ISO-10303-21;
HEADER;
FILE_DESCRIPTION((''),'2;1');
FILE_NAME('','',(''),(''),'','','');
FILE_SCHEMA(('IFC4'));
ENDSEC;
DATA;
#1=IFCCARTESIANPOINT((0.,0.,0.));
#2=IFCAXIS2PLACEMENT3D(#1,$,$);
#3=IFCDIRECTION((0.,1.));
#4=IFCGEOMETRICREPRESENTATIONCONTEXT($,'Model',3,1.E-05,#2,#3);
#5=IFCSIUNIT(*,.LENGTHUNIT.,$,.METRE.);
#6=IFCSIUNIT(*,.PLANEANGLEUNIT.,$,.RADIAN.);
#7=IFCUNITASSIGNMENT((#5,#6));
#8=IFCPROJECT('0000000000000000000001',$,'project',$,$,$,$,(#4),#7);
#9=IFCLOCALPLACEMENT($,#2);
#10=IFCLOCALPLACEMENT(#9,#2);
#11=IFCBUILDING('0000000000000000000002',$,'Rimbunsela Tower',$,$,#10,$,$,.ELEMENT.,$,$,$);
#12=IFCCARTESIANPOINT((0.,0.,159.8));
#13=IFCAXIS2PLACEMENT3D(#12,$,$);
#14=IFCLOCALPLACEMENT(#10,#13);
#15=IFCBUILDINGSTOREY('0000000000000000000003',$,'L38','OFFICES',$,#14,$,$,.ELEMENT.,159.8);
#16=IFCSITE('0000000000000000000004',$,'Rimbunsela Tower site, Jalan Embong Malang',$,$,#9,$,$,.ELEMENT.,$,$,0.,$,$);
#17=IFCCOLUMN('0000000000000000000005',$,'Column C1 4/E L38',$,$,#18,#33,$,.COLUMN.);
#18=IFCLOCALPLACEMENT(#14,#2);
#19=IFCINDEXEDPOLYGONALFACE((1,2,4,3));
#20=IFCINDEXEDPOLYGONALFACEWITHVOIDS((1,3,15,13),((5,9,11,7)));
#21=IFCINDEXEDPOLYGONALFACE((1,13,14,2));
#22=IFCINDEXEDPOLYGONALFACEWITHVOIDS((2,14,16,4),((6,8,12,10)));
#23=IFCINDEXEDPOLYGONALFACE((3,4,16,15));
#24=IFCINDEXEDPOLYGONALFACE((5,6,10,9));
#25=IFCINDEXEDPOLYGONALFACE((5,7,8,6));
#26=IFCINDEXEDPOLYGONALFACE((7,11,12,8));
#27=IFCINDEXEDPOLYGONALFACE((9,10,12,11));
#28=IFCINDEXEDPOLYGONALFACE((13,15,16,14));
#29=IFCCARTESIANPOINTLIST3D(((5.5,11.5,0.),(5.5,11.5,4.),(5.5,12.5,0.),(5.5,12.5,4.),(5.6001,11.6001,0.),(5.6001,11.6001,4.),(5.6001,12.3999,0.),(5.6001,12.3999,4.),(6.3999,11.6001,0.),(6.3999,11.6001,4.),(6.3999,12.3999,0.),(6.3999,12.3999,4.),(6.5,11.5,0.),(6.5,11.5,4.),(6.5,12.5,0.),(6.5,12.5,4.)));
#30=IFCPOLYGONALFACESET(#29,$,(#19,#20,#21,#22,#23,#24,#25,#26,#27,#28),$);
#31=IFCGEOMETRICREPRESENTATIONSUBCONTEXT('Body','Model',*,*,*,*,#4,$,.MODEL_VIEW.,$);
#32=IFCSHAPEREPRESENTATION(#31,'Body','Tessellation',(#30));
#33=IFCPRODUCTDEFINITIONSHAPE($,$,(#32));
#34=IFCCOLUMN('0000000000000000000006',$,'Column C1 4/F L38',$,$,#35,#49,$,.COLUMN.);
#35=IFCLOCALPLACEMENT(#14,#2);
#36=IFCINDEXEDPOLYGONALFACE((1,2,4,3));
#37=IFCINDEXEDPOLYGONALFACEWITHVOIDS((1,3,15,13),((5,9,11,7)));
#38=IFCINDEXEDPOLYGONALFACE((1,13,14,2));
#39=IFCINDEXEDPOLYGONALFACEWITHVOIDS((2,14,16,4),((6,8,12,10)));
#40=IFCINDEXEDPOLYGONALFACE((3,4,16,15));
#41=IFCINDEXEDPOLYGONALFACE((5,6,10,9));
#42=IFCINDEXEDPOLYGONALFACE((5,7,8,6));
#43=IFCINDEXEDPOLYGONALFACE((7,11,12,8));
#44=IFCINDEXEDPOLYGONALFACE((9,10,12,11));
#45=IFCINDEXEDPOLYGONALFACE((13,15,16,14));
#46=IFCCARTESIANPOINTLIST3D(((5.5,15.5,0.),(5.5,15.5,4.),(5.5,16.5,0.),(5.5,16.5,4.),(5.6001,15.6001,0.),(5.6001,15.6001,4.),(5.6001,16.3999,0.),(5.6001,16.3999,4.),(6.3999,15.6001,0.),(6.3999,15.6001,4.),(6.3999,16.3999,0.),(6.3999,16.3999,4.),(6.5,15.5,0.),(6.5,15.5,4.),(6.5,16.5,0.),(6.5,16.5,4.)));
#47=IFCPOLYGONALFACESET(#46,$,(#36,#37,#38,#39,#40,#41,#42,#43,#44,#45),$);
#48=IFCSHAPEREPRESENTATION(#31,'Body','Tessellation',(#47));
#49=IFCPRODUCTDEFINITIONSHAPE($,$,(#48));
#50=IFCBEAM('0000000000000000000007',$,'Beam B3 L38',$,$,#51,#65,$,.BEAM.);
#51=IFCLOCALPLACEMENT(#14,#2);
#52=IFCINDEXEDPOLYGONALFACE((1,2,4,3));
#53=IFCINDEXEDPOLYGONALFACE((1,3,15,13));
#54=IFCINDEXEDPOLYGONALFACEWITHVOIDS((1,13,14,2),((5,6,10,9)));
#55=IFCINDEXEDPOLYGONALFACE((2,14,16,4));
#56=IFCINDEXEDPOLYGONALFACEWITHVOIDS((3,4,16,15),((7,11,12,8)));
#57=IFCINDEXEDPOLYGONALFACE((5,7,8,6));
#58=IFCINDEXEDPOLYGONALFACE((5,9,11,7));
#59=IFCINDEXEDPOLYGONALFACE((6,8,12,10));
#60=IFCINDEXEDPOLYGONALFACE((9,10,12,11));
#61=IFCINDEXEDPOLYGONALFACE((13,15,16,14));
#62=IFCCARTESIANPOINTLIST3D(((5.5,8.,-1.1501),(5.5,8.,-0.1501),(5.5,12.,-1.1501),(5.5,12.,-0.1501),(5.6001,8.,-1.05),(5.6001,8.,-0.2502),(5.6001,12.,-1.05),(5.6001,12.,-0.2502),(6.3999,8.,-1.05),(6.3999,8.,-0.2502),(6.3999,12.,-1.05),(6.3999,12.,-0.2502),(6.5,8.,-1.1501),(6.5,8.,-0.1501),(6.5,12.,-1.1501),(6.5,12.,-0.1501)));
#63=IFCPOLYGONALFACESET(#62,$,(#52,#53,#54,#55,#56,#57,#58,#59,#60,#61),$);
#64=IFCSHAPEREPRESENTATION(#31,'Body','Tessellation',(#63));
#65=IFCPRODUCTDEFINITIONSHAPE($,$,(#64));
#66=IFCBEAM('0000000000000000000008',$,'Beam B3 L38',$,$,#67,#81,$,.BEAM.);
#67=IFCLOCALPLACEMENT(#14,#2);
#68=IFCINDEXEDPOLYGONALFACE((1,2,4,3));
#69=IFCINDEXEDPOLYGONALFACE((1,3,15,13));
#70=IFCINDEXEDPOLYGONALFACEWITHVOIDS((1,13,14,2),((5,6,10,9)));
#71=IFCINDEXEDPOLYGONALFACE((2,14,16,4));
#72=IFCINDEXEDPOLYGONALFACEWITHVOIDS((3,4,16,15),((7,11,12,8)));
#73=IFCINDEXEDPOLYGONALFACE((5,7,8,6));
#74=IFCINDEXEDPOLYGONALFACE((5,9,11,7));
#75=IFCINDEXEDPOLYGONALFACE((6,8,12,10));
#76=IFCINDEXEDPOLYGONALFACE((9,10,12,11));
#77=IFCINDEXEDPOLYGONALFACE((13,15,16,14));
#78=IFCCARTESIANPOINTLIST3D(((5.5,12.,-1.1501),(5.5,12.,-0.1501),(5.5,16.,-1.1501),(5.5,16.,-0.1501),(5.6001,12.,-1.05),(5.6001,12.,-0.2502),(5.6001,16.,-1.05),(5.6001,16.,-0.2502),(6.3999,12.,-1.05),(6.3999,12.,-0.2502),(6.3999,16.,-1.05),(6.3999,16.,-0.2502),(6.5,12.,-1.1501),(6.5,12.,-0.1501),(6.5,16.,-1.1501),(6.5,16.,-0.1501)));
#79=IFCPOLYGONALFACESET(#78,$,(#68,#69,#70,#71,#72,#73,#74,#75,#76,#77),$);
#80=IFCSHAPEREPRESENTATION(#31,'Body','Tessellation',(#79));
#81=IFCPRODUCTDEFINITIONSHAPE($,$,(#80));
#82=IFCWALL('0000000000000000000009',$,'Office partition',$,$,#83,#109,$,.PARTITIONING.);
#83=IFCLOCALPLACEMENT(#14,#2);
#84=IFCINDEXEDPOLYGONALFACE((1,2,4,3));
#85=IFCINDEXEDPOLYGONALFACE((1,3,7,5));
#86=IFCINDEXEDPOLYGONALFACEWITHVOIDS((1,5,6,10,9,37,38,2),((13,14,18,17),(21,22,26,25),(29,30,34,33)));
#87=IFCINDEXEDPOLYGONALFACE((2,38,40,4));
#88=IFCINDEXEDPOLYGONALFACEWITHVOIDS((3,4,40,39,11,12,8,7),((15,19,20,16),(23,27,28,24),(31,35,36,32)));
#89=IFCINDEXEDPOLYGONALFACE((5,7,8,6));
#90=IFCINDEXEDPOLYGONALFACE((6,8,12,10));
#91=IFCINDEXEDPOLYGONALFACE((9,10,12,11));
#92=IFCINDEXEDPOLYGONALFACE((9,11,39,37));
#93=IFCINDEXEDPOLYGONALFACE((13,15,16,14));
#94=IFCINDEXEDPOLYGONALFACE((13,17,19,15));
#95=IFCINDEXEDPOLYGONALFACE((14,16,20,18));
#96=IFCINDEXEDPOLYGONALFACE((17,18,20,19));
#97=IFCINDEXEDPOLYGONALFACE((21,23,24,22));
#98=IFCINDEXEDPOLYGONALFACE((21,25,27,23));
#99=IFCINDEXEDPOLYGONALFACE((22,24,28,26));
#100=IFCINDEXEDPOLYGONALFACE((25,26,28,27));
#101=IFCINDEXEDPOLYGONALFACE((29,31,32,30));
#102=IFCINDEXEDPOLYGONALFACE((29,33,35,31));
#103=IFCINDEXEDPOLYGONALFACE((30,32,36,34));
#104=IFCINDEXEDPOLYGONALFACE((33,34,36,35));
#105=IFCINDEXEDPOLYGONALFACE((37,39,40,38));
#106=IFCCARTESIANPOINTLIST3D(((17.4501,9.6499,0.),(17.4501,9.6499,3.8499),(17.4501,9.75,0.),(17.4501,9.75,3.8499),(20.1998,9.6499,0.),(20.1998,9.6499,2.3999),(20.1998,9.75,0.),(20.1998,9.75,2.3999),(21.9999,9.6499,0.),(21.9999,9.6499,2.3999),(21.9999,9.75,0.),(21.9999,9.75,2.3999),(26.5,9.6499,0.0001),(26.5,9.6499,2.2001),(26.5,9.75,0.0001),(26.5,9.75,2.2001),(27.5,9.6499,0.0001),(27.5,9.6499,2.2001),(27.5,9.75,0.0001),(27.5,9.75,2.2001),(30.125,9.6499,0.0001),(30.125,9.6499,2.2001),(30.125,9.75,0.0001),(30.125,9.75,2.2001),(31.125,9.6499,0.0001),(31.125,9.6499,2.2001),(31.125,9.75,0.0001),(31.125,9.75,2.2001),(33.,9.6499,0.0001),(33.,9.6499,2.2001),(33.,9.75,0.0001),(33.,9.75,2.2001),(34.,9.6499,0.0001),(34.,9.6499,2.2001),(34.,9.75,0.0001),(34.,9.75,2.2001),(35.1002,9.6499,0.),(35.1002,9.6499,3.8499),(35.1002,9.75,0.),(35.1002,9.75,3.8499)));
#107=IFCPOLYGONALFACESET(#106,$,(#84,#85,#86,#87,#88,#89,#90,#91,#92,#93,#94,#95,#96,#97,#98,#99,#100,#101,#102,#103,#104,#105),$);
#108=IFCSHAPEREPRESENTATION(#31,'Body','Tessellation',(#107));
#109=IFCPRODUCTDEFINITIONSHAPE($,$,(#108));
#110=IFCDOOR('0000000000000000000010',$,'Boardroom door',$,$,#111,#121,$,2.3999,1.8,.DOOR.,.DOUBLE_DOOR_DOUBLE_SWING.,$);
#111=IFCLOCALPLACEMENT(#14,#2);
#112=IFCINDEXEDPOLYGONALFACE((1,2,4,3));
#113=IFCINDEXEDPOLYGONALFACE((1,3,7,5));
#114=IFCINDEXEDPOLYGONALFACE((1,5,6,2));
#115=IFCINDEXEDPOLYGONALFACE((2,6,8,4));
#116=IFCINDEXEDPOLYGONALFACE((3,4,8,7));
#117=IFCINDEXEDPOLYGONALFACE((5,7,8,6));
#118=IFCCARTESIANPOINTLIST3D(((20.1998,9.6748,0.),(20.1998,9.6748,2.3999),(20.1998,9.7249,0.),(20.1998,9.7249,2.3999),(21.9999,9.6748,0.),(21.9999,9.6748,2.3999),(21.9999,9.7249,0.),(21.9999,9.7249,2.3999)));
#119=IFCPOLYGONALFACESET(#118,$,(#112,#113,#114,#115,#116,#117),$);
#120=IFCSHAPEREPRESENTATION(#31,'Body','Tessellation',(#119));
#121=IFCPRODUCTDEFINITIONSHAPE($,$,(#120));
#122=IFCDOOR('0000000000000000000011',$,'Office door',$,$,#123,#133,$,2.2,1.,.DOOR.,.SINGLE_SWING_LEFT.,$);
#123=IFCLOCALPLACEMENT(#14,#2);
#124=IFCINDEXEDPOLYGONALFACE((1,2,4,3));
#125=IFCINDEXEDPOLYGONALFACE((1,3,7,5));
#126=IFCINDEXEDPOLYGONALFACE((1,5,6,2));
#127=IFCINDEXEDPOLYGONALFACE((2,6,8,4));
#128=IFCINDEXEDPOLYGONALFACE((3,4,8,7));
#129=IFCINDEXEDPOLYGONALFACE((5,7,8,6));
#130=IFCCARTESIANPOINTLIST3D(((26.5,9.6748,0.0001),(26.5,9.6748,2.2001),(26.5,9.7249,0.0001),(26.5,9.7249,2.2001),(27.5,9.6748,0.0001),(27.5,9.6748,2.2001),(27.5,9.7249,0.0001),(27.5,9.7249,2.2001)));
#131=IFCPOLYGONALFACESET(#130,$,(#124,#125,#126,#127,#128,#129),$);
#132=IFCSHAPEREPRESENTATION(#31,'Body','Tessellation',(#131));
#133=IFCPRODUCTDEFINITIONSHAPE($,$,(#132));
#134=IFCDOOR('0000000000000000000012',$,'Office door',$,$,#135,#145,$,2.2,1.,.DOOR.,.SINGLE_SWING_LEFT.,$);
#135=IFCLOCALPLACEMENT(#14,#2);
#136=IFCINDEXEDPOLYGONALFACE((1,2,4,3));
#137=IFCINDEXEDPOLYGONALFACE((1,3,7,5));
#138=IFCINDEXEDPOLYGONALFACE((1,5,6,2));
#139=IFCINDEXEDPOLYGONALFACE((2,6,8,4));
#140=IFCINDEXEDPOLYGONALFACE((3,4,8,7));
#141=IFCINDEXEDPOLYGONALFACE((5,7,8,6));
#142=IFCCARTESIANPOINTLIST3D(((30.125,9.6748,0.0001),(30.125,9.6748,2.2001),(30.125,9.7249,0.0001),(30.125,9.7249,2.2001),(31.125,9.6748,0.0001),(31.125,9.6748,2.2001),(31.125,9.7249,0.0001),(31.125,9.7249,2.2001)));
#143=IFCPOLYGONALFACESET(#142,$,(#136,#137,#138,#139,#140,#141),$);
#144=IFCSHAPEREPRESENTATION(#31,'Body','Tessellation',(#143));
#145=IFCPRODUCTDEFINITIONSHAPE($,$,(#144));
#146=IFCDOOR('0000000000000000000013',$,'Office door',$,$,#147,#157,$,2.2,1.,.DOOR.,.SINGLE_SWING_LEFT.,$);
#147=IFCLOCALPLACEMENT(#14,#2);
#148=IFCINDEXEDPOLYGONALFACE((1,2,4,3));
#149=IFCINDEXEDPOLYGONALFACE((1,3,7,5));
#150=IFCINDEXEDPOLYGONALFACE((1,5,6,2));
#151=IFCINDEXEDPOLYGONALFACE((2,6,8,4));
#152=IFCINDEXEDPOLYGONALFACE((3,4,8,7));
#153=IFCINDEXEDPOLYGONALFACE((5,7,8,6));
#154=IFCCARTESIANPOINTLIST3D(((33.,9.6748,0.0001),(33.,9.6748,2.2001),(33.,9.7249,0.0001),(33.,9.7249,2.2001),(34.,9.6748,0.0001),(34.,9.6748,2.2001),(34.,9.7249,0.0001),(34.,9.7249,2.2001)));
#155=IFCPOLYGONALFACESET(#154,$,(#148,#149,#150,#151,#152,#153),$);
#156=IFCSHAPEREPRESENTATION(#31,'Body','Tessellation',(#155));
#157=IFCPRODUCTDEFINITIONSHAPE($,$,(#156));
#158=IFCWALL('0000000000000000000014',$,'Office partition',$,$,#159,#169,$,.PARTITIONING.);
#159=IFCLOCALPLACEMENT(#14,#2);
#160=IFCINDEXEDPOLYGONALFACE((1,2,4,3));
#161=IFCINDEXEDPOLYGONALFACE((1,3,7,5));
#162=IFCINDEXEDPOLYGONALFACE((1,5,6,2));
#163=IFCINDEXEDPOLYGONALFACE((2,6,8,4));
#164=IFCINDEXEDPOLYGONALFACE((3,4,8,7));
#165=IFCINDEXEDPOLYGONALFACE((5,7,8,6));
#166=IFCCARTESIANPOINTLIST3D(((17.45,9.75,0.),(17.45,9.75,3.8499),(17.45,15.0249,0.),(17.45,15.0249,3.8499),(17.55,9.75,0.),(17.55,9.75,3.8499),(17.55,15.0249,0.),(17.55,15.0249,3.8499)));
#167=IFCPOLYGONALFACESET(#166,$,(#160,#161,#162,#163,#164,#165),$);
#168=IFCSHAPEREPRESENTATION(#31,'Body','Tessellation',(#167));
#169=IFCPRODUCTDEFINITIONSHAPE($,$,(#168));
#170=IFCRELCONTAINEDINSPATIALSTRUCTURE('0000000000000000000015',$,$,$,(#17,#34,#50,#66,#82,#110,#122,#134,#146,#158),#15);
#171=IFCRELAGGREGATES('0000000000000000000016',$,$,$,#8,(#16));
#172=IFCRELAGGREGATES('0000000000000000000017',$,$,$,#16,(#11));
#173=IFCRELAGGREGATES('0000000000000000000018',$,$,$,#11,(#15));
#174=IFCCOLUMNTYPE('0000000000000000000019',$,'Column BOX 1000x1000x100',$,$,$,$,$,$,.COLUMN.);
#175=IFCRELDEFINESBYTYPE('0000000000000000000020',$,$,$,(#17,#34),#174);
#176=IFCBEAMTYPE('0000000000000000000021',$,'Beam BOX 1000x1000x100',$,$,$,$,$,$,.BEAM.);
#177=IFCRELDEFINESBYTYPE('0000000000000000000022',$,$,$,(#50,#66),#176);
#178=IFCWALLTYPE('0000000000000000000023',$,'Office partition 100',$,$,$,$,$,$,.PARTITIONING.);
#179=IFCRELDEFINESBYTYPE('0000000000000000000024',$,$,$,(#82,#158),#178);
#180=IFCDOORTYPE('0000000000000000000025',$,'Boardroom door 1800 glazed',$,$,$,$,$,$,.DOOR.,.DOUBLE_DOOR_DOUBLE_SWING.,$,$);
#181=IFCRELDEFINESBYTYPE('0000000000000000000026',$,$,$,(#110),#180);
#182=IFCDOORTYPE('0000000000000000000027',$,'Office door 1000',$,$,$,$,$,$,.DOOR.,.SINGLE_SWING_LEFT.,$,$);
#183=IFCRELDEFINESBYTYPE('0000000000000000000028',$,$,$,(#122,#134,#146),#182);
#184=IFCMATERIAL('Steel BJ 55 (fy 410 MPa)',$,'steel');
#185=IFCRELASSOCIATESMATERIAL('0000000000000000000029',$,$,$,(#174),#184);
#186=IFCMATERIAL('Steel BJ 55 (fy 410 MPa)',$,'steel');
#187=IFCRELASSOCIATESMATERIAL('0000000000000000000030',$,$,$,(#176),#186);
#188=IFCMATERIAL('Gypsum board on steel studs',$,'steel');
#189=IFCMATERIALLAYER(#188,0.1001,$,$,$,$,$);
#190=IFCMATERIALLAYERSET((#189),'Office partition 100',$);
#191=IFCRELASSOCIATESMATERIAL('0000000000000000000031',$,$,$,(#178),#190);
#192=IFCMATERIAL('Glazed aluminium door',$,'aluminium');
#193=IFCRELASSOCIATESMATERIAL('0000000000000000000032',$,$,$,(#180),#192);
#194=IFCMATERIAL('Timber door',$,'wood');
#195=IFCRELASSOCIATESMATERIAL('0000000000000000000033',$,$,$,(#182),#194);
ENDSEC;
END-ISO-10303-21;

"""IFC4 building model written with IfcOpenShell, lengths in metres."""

from ifc_helpers import new_model, si_unit, direction, frame, frame_2d, origin, origin_2d, place, context, subcontext, project, spatial, rectangle, hollow_rectangle, extrude, material, layer, layer_set, material_profile, profile_set, type_object, element, fill, save


model = new_model("IFC4")

# Units and contexts
model_context = context("Model", 3, precision=1e-05, world=origin(), true_north=direction((0.0, 1.0)))
body_context = subcontext(model_context, "Body", "Model", "MODEL_VIEW")
ifc_project = project(units=[si_unit("LENGTHUNIT", "METRE"), si_unit("PLANEANGLEUNIT", "RADIAN")], contexts=[model_context])

# Site, building, storey
site_placement = place(None, origin())
site = spatial("IfcSite", under=ifc_project, at=site_placement, Name="Rimbunsela Tower site, Jalan Embong Malang", CompositionType="ELEMENT", RefElevation=0.0)
building_placement = place(site_placement, origin())
building = spatial("IfcBuilding", under=site, at=building_placement, Name="Rimbunsela Tower", CompositionType="ELEMENT")
storey_placement = place(building_placement, frame((0.0, 0.0, 159.8)))
storey = spatial("IfcBuildingStorey", under=building, at=storey_placement, Name="L38", Description="OFFICES", CompositionType="ELEMENT", Elevation=159.8)

# Columns
ifc_material_1 = material(Name="Steel BJ 55 (fy 410 MPa)", Category="steel")
ifc_material_profile_1 = material_profile(ifc_material_1, hollow_rectangle(XDim=1.0, YDim=1.0, WallThickness=0.1001, at=origin_2d()), Name="BOX 1000x1000x100")
ifc_profile_set_1 = profile_set([ifc_material_profile_1], Name="Steel BJ 55 (fy 410 MPa)")
column_type = type_object("IfcColumnType", Name="Column BOX 1000x1000x100", PredefinedType="COLUMN", material=ifc_profile_set_1)
for number, where, z_axis, x_axis, name in (
    (1, (6.0, 12.0, 0.0), (0.0, 0.0, 1.0), (1.0, 0.0, 0.0), "Column C1 4/E L38"),
    (2, (6.0, 16.0, 0.0), (0.0, 0.0, 1.0), (1.0, 0.0, 0.0), "Column C1 4/F L38"),
):
    element("IfcColumn", number, at=place(storey_placement, frame(where, z_axis=z_axis, x_axis=x_axis)), inside=storey, type_object=column_type, Name=name, PredefinedType="COLUMN", context=body_context, shape_type="SweptSolid", body=[
        extrude(hollow_rectangle(XDim=1.0, YDim=1.0, WallThickness=0.1001, at=origin_2d()), origin(), (0.0, 0.0, 1.0), 4.0),
    ])

# Beams
ifc_material_2 = material(Name="Steel BJ 55 (fy 410 MPa)", Category="steel")
ifc_material_profile_2 = material_profile(ifc_material_2, hollow_rectangle(XDim=1.0, YDim=1.0, WallThickness=0.1001, at=origin_2d()), Name="BOX 1000x1000x100")
ifc_profile_set_2 = profile_set([ifc_material_profile_2], Name="Steel BJ 55 (fy 410 MPa)")
beam_type = type_object("IfcBeamType", Name="Beam BOX 1000x1000x100", PredefinedType="BEAM", material=ifc_profile_set_2)
for number, where, z_axis, x_axis, name in (
    (3, (6.0, 8.0, -0.6501), (0.0, 1.0, 0.0), (-1.0, 0.0, 0.0), "Beam B3 L38"),
    (4, (6.0, 12.0, -0.6501), (0.0, 1.0, 0.0), (-1.0, 0.0, 0.0), "Beam B3 L38"),
):
    element("IfcBeam", number, at=place(storey_placement, frame(where, z_axis=z_axis, x_axis=x_axis)), inside=storey, type_object=beam_type, Name=name, PredefinedType="BEAM", context=body_context, shape_type="SweptSolid", body=[
        extrude(hollow_rectangle(XDim=1.0, YDim=1.0, WallThickness=0.1001, at=origin_2d()), origin(), (0.0, 0.0, 1.0), 4.0),
    ])

# Wall, openings, doors
ifc_material_3 = material(Name="Gypsum board on steel studs", Category="steel")
ifc_layer_1 = layer(ifc_material_3, 0.1001)
ifc_layer_set_1 = layer_set([ifc_layer_1], Name="Office partition 100")
wall_type_1 = type_object("IfcWallType", Name="Office partition 100", PredefinedType="PARTITIONING", material=ifc_layer_set_1)
wall_1_placement = place(storey_placement, frame((17.45, 9.7, 0.0), z_axis=(0.0, 0.0, 1.0), x_axis=(1.0, 0.0, 0.0)))
wall_1 = element("IfcWall", 5, at=wall_1_placement, inside=storey, type_object=wall_type_1, Name="Office partition", PredefinedType="PARTITIONING", context=body_context, shape_type="SweptSolid", body=[
    extrude(rectangle(XDim=17.6501, YDim=0.1001, at=frame_2d((8.8252, 0.0))), origin(), (0.0, 0.0, 1.0), 3.8499),
])
opening_1_placement = place(wall_1_placement, frame((2.75, 0.0, 0.0)))
opening_1 = element("IfcOpeningElement", 6, at=opening_1_placement, cuts=wall_1, PredefinedType="OPENING", context=body_context, shape_type="SweptSolid", body=[
    extrude(rectangle(XDim=1.8, YDim=2.3999, at=frame_2d((0.8999, 1.2))), frame((0.0, 0.0601, 0.0), z_axis=(0.0, -1.0, 0.0), x_axis=(1.0, 0.0, 0.0)), (0.0, 0.0, 1.0), 0.1201),
])
opening_2_placement = place(wall_1_placement, frame((9.05, 0.0, 0.0)))
opening_2 = element("IfcOpeningElement", 7, at=opening_2_placement, cuts=wall_1, PredefinedType="OPENING", context=body_context, shape_type="SweptSolid", body=[
    extrude(rectangle(XDim=1.0, YDim=2.2, at=frame_2d((0.5, 1.1001))), frame((0.0, 0.0601, 0.0), z_axis=(0.0, -1.0, 0.0), x_axis=(1.0, 0.0, 0.0)), (0.0, 0.0, 1.0), 0.1201),
])
opening_3_placement = place(wall_1_placement, frame((12.675, 0.0, 0.0)))
opening_3 = element("IfcOpeningElement", 8, at=opening_3_placement, cuts=wall_1, PredefinedType="OPENING", context=body_context, shape_type="SweptSolid", body=[
    extrude(rectangle(XDim=1.0, YDim=2.2, at=frame_2d((0.5, 1.1001))), frame((0.0, 0.0601, 0.0), z_axis=(0.0, -1.0, 0.0), x_axis=(1.0, 0.0, 0.0)), (0.0, 0.0, 1.0), 0.1201),
])
opening_4_placement = place(wall_1_placement, frame((15.55, 0.0, 0.0)))
opening_4 = element("IfcOpeningElement", 9, at=opening_4_placement, cuts=wall_1, PredefinedType="OPENING", context=body_context, shape_type="SweptSolid", body=[
    extrude(rectangle(XDim=1.0, YDim=2.2, at=frame_2d((0.5, 1.1001))), frame((0.0, 0.0601, 0.0), z_axis=(0.0, -1.0, 0.0), x_axis=(1.0, 0.0, 0.0)), (0.0, 0.0, 1.0), 0.1201),
])
ifc_material_4 = material(Name="Glazed aluminium door", Category="aluminium")
door_type_1 = type_object("IfcDoorType", Name="Boardroom door 1800 glazed", OperationType="DOUBLE_DOOR_DOUBLE_SWING", PredefinedType="DOOR", material=ifc_material_4)
door_1_placement = place(opening_1_placement, origin())
door_1 = element("IfcDoor", 10, at=door_1_placement, inside=storey, type_object=door_type_1, Name="Boardroom door", OperationType="DOUBLE_DOOR_DOUBLE_SWING", OverallHeight=2.3999, OverallWidth=1.8, PredefinedType="DOOR", context=body_context, shape_type="SweptSolid", body=[
    extrude(rectangle(XDim=1.8, YDim=2.3999, at=frame_2d((0.8999, 1.2))), frame((0.0, 0.0249, 0.0), z_axis=(0.0, -1.0, 0.0), x_axis=(1.0, 0.0, 0.0)), (0.0, 0.0, 1.0), 0.05),
])
fill(opening_1, door_1)
ifc_material_5 = material(Name="Timber door", Category="wood")
door_type_2 = type_object("IfcDoorType", Name="Office door 1000", OperationType="SINGLE_SWING_LEFT", PredefinedType="DOOR", material=ifc_material_5)
door_2_placement = place(opening_2_placement, origin())
door_2 = element("IfcDoor", 11, at=door_2_placement, inside=storey, type_object=door_type_2, Name="Office door", OperationType="SINGLE_SWING_LEFT", OverallHeight=2.2, OverallWidth=1.0, PredefinedType="DOOR", context=body_context, shape_type="SweptSolid", body=[
    extrude(rectangle(XDim=1.0, YDim=2.2, at=frame_2d((0.5, 1.1001))), frame((0.0, 0.0249, 0.0), z_axis=(0.0, -1.0, 0.0), x_axis=(1.0, 0.0, 0.0)), (0.0, 0.0, 1.0), 0.05),
])
fill(opening_2, door_2)
door_3_placement = place(opening_3_placement, origin())
door_3 = element("IfcDoor", 12, at=door_3_placement, inside=storey, type_object=door_type_2, Name="Office door", OperationType="SINGLE_SWING_LEFT", OverallHeight=2.2, OverallWidth=1.0, PredefinedType="DOOR", context=body_context, shape_type="SweptSolid", body=[
    extrude(rectangle(XDim=1.0, YDim=2.2, at=frame_2d((0.5, 1.1001))), frame((0.0, 0.0249, 0.0), z_axis=(0.0, -1.0, 0.0), x_axis=(1.0, 0.0, 0.0)), (0.0, 0.0, 1.0), 0.05),
])
fill(opening_3, door_3)
door_4_placement = place(opening_4_placement, origin())
door_4 = element("IfcDoor", 13, at=door_4_placement, inside=storey, type_object=door_type_2, Name="Office door", OperationType="SINGLE_SWING_LEFT", OverallHeight=2.2, OverallWidth=1.0, PredefinedType="DOOR", context=body_context, shape_type="SweptSolid", body=[
    extrude(rectangle(XDim=1.0, YDim=2.2, at=frame_2d((0.5, 1.1001))), frame((0.0, 0.0249, 0.0), z_axis=(0.0, -1.0, 0.0), x_axis=(1.0, 0.0, 0.0)), (0.0, 0.0, 1.0), 0.05),
])
fill(opening_4, door_4)

# Wall
wall_2_placement = place(storey_placement, frame((17.5, 9.75, 0.0), z_axis=(0.0, 0.0, 1.0), x_axis=(0.0, 1.0, 0.0)))
element("IfcWall", 14, at=wall_2_placement, inside=storey, type_object=wall_type_1, Name="Office partition", PredefinedType="PARTITIONING", context=body_context, shape_type="SweptSolid", body=[
    extrude(rectangle(XDim=5.2749, YDim=0.1001, at=frame_2d((2.6375, 0.0))), origin(), (0.0, 0.0, 1.0), 3.8499),
])

save(model, "model.ifc")
